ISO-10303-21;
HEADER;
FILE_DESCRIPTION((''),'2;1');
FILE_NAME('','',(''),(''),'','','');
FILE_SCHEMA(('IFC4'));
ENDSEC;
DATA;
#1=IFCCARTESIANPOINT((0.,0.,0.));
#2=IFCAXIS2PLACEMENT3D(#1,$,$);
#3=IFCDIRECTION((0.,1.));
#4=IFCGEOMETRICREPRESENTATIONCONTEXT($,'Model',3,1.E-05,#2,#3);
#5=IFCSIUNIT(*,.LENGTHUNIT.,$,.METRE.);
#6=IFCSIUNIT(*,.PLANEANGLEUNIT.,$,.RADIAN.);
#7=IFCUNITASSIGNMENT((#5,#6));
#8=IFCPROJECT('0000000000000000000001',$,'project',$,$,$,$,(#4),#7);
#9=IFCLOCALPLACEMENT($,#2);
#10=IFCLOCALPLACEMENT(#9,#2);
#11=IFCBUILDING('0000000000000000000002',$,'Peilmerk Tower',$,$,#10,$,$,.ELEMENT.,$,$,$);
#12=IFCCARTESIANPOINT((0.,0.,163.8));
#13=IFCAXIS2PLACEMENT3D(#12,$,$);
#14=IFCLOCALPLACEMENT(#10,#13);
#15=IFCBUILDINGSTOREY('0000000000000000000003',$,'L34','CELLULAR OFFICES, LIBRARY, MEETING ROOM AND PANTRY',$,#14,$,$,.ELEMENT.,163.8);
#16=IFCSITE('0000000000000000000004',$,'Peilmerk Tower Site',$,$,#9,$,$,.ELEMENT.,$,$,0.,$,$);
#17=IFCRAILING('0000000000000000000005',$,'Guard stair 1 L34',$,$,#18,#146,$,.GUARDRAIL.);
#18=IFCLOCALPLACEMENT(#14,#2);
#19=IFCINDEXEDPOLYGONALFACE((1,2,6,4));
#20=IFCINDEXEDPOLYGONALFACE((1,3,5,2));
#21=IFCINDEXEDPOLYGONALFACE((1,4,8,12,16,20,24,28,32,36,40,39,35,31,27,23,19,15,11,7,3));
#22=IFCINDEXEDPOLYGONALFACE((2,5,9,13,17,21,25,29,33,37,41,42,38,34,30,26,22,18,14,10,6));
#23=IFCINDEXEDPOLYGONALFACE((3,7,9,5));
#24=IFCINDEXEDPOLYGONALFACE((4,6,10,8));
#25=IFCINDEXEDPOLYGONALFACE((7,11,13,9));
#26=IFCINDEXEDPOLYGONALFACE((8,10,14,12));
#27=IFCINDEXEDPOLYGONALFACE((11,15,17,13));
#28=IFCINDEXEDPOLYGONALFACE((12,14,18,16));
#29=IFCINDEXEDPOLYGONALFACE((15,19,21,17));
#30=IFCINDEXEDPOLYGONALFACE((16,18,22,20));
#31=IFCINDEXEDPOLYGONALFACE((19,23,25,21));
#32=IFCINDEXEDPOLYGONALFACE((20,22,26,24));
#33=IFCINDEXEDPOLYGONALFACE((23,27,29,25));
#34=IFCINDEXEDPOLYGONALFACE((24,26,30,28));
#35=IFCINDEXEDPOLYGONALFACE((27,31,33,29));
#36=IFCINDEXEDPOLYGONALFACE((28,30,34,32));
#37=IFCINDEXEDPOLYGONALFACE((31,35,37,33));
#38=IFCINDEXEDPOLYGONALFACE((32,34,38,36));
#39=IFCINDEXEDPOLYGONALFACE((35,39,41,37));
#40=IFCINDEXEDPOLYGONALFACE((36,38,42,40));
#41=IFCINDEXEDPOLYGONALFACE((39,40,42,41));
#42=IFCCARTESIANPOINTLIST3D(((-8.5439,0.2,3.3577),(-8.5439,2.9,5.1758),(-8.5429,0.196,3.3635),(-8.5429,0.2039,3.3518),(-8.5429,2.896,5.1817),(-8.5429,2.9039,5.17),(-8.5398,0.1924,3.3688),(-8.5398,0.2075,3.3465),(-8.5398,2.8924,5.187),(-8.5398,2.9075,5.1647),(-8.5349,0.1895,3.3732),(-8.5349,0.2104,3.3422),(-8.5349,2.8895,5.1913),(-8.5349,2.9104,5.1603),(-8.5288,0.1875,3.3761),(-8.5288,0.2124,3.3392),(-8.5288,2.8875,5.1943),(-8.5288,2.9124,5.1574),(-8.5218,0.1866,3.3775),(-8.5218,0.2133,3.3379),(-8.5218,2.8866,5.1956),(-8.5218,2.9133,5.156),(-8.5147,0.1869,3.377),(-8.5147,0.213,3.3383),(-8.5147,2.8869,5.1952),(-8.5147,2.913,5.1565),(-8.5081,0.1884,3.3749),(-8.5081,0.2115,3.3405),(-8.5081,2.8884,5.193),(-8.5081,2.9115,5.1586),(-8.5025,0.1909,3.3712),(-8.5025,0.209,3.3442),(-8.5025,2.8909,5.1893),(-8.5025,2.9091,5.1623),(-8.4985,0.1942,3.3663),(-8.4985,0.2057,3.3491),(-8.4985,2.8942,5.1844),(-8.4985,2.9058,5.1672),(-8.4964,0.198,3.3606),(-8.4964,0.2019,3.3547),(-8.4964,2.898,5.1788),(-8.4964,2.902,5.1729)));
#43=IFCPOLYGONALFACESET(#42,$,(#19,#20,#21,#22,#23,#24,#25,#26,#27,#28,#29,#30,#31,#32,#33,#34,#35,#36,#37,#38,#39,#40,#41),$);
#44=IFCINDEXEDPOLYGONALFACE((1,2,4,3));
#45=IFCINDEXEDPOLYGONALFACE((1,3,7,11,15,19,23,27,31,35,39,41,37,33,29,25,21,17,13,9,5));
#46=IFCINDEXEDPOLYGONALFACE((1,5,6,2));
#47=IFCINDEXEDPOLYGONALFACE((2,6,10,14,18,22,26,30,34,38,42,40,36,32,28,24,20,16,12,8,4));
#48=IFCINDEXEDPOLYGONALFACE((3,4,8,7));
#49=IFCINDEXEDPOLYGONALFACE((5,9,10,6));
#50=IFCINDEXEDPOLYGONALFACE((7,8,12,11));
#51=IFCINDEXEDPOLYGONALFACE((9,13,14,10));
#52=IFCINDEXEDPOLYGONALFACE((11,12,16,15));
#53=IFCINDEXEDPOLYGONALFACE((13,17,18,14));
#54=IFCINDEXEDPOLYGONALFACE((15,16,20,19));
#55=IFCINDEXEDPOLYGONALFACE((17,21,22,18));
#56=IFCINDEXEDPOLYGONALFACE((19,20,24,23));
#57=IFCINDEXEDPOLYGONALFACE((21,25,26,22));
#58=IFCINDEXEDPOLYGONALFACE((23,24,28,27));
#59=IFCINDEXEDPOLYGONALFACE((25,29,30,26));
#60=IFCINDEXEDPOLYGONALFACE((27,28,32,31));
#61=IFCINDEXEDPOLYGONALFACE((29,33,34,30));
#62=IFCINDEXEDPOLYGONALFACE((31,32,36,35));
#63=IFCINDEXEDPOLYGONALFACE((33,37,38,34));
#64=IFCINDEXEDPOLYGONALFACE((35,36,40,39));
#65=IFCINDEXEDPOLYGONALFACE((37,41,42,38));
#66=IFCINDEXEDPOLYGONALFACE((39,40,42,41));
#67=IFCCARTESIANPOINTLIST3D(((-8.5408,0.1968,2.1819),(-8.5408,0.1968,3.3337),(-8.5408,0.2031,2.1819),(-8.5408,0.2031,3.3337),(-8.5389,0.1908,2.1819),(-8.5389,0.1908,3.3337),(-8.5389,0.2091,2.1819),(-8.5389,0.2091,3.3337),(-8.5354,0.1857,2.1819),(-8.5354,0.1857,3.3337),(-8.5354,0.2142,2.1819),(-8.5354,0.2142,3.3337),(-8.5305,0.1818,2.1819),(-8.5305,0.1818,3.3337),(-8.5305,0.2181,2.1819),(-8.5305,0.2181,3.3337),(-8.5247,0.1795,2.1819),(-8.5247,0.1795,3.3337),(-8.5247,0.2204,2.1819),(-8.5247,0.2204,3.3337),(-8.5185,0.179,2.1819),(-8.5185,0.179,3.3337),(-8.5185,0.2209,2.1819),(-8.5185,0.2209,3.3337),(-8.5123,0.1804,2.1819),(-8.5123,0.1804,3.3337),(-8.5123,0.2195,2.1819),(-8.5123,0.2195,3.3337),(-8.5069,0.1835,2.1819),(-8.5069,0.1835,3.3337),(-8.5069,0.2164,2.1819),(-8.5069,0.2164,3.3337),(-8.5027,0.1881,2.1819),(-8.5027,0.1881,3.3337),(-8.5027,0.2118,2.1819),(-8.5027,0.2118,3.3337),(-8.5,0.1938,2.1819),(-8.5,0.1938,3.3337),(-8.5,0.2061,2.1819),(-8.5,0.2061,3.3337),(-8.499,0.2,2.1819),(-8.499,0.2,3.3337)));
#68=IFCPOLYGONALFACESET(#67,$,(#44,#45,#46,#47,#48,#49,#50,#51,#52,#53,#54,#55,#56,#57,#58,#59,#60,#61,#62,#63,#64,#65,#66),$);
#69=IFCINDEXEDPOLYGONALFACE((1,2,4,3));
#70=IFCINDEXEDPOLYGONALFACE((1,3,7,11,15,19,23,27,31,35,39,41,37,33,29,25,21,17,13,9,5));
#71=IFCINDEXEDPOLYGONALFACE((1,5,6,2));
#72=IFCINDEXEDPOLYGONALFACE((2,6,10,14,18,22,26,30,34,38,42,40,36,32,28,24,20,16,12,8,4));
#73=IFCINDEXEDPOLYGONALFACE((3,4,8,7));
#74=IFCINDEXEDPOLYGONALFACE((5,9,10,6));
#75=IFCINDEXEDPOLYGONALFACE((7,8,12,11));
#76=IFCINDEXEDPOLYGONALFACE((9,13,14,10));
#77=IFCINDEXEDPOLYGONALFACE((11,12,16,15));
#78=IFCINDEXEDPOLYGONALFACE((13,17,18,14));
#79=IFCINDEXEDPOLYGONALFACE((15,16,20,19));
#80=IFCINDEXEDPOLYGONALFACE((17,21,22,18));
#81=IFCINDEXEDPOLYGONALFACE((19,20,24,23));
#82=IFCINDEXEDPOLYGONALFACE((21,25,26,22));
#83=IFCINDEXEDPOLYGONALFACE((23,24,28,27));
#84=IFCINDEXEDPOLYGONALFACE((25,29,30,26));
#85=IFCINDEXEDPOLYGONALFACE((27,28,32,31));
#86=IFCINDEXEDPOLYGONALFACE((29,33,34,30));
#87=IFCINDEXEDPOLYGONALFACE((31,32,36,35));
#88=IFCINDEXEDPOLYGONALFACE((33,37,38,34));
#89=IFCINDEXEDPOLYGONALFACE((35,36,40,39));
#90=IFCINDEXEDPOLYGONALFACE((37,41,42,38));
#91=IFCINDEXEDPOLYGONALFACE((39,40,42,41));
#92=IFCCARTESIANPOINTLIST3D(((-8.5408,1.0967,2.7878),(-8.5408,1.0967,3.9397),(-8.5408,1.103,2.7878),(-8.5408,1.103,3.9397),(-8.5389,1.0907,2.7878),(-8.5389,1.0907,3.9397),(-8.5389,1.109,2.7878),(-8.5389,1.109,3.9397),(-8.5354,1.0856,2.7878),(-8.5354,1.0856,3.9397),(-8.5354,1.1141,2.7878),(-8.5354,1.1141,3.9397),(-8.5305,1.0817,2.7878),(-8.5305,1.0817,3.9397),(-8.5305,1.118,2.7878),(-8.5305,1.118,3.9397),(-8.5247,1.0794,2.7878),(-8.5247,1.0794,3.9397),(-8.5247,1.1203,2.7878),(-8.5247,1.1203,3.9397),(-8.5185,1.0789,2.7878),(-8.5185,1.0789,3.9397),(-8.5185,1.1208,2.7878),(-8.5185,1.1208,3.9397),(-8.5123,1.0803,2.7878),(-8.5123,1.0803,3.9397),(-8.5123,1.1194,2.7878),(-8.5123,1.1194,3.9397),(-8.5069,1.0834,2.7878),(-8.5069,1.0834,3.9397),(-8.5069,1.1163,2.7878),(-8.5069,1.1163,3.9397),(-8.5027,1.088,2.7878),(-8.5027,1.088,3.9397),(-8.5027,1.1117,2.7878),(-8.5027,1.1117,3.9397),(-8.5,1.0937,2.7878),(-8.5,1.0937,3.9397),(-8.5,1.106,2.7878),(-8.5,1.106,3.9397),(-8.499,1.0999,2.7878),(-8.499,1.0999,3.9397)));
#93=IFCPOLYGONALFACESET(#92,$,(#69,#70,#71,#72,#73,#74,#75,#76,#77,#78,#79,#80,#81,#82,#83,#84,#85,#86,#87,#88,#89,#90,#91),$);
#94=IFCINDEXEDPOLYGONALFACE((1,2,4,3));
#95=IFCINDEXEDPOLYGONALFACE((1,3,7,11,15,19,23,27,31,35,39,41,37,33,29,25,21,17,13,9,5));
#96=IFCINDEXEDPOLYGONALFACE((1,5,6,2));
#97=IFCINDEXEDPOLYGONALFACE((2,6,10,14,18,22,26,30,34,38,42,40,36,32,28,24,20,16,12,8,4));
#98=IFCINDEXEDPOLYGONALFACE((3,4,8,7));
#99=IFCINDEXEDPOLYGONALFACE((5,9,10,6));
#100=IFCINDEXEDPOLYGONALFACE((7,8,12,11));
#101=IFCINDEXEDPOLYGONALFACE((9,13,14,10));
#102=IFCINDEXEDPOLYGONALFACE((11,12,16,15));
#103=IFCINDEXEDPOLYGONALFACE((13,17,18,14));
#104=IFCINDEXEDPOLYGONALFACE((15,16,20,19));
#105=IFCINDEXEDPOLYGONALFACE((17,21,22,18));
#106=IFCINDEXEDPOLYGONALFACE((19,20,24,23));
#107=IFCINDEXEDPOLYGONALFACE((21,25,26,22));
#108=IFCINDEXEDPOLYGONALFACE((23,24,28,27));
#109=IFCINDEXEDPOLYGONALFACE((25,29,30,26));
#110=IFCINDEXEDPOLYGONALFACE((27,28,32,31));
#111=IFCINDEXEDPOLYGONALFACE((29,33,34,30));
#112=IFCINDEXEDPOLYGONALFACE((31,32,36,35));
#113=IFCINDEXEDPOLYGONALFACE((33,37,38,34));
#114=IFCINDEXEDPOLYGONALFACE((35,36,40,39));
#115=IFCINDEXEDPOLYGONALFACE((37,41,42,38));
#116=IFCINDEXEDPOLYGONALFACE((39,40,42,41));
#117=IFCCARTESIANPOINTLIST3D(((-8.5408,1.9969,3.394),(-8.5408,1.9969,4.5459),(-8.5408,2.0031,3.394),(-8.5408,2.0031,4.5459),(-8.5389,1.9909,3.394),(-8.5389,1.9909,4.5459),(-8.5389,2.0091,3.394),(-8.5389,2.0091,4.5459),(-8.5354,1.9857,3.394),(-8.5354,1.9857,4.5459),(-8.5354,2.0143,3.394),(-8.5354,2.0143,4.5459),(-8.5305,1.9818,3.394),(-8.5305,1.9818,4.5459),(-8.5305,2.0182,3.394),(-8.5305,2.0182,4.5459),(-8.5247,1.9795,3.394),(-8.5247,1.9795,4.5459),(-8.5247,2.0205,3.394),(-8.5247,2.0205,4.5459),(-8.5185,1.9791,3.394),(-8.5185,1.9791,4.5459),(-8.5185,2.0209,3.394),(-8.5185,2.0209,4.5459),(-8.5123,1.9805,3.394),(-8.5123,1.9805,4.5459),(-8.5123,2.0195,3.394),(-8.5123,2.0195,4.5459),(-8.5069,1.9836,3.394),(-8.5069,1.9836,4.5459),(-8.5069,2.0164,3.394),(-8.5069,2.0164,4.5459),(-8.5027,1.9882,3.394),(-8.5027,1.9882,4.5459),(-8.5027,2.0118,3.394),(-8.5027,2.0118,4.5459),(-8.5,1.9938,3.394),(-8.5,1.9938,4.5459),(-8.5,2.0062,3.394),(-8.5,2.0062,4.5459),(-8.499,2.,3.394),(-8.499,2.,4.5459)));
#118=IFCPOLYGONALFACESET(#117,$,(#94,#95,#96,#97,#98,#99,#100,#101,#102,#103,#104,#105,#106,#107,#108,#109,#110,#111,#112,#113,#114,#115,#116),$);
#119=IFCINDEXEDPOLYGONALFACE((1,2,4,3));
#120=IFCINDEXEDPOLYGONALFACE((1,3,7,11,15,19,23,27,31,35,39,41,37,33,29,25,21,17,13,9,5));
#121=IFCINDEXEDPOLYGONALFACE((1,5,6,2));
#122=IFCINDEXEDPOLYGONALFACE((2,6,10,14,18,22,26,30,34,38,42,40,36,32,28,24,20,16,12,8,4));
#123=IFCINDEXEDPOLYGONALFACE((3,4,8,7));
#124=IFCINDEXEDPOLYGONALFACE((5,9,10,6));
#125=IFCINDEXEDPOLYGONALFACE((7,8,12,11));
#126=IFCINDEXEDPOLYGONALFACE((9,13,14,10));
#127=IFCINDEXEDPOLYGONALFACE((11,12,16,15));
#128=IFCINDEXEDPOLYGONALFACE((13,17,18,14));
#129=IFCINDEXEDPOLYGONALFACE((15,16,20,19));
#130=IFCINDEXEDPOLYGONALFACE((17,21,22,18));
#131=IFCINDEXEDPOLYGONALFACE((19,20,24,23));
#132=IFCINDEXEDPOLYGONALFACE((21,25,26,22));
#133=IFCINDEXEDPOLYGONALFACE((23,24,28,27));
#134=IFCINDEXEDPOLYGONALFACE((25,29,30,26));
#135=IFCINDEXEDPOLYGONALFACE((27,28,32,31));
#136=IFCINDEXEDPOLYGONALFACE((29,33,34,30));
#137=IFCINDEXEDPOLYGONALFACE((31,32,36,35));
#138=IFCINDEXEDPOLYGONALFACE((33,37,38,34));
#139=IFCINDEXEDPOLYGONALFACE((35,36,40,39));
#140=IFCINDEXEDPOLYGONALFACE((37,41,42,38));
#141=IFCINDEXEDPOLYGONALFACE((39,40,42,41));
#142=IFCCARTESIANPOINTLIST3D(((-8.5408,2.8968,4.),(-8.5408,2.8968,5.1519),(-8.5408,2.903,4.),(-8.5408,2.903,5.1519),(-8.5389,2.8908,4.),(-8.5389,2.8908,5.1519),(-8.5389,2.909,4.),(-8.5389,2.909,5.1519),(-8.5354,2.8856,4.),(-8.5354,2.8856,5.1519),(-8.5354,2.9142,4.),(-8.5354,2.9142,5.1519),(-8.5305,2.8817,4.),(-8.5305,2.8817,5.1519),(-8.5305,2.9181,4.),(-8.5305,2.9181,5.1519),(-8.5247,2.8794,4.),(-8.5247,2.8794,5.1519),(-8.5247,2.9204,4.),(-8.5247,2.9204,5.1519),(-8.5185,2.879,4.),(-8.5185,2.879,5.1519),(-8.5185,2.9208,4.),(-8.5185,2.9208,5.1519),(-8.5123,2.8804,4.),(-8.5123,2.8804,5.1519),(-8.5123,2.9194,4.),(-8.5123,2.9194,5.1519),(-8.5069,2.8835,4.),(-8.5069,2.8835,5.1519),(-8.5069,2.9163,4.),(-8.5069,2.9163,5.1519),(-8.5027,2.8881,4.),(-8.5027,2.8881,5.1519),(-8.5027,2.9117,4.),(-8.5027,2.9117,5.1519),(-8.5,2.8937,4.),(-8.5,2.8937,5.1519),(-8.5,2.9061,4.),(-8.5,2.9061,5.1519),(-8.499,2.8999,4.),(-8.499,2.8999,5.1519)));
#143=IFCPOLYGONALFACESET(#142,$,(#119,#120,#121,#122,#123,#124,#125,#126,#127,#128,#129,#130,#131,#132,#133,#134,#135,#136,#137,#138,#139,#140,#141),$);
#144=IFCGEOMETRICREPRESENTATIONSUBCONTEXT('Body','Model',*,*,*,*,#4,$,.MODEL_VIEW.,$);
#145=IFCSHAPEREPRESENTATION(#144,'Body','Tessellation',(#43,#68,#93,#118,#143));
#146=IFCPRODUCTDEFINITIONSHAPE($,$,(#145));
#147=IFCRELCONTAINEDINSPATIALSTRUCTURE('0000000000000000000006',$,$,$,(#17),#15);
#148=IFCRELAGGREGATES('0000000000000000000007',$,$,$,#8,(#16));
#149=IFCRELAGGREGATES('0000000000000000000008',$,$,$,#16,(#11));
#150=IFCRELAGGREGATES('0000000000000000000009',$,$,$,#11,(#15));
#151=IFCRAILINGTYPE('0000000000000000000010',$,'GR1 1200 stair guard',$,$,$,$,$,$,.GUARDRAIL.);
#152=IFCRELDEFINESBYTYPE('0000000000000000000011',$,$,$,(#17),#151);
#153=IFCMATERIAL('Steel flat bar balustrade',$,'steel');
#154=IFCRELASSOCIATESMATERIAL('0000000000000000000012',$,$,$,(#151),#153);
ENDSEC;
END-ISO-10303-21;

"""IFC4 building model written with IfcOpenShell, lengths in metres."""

from ifc_helpers import new_model, si_unit, direction, frame, origin, origin_2d, place, context, subcontext, project, spatial, circle, extrude, material, type_object, element, save


model = new_model("IFC4")

# Units and contexts
model_context = context("Model", 3, precision=1e-05, world=origin(), true_north=direction((0.0, 1.0)))
body_context = subcontext(model_context, "Body", "Model", "MODEL_VIEW")
ifc_project = project(units=[si_unit("LENGTHUNIT", "METRE"), si_unit("PLANEANGLEUNIT", "RADIAN")], contexts=[model_context])

# Site, building, storey
site_placement = place(None, origin())
site = spatial("IfcSite", under=ifc_project, at=site_placement, Name="Peilmerk Tower Site", CompositionType="ELEMENT", RefElevation=0.0)
building_placement = place(site_placement, origin())
building = spatial("IfcBuilding", under=site, at=building_placement, Name="Peilmerk Tower", CompositionType="ELEMENT")
storey_placement = place(building_placement, frame((0.0, 0.0, 163.8)))
storey = spatial("IfcBuildingStorey", under=building, at=storey_placement, Name="L34", Description="CELLULAR OFFICES, LIBRARY, MEETING ROOM AND PANTRY", CompositionType="ELEMENT", Elevation=163.8)

# Railing
ifc_material_1 = material(Name="Steel flat bar balustrade", Category="steel")
railing_type_1 = type_object("IfcRailingType", Name="GR1 1200 stair guard", PredefinedType="GUARDRAIL", material=ifc_material_1)
railing_1_placement = place(storey_placement, frame((-8.52, 0.2, 2.1819)))
element("IfcRailing", 1, at=railing_1_placement, inside=storey, type_object=railing_type_1, Name="Guard stair 1 L34", PredefinedType="GUARDRAIL", context=body_context, shape_type="SweptSolid", body=[
    extrude(circle(Radius=0.0239, at=origin_2d()), frame((0.0, 0.0, 1.1758), z_axis=(0.0, 0.829468, 0.558554), x_axis=(-1.0, 0.0, 0.0)), (0.0, 0.0, 1.0), 3.2551),
    extrude(circle(Radius=0.021, at=origin_2d()), origin(), (0.0, 0.0, 1.0), 1.1519),
    extrude(circle(Radius=0.021, at=origin_2d()), frame((0.0, 0.8999, 0.606)), (0.0, 0.0, 1.0), 1.1519),
    extrude(circle(Radius=0.021, at=origin_2d()), frame((0.0, 1.8, 1.2122)), (0.0, 0.0, 1.0), 1.1519),
    extrude(circle(Radius=0.021, at=origin_2d()), frame((0.0, 2.7, 1.8181)), (0.0, 0.0, 1.0), 1.1519),
])

save(model, "model.ifc")
